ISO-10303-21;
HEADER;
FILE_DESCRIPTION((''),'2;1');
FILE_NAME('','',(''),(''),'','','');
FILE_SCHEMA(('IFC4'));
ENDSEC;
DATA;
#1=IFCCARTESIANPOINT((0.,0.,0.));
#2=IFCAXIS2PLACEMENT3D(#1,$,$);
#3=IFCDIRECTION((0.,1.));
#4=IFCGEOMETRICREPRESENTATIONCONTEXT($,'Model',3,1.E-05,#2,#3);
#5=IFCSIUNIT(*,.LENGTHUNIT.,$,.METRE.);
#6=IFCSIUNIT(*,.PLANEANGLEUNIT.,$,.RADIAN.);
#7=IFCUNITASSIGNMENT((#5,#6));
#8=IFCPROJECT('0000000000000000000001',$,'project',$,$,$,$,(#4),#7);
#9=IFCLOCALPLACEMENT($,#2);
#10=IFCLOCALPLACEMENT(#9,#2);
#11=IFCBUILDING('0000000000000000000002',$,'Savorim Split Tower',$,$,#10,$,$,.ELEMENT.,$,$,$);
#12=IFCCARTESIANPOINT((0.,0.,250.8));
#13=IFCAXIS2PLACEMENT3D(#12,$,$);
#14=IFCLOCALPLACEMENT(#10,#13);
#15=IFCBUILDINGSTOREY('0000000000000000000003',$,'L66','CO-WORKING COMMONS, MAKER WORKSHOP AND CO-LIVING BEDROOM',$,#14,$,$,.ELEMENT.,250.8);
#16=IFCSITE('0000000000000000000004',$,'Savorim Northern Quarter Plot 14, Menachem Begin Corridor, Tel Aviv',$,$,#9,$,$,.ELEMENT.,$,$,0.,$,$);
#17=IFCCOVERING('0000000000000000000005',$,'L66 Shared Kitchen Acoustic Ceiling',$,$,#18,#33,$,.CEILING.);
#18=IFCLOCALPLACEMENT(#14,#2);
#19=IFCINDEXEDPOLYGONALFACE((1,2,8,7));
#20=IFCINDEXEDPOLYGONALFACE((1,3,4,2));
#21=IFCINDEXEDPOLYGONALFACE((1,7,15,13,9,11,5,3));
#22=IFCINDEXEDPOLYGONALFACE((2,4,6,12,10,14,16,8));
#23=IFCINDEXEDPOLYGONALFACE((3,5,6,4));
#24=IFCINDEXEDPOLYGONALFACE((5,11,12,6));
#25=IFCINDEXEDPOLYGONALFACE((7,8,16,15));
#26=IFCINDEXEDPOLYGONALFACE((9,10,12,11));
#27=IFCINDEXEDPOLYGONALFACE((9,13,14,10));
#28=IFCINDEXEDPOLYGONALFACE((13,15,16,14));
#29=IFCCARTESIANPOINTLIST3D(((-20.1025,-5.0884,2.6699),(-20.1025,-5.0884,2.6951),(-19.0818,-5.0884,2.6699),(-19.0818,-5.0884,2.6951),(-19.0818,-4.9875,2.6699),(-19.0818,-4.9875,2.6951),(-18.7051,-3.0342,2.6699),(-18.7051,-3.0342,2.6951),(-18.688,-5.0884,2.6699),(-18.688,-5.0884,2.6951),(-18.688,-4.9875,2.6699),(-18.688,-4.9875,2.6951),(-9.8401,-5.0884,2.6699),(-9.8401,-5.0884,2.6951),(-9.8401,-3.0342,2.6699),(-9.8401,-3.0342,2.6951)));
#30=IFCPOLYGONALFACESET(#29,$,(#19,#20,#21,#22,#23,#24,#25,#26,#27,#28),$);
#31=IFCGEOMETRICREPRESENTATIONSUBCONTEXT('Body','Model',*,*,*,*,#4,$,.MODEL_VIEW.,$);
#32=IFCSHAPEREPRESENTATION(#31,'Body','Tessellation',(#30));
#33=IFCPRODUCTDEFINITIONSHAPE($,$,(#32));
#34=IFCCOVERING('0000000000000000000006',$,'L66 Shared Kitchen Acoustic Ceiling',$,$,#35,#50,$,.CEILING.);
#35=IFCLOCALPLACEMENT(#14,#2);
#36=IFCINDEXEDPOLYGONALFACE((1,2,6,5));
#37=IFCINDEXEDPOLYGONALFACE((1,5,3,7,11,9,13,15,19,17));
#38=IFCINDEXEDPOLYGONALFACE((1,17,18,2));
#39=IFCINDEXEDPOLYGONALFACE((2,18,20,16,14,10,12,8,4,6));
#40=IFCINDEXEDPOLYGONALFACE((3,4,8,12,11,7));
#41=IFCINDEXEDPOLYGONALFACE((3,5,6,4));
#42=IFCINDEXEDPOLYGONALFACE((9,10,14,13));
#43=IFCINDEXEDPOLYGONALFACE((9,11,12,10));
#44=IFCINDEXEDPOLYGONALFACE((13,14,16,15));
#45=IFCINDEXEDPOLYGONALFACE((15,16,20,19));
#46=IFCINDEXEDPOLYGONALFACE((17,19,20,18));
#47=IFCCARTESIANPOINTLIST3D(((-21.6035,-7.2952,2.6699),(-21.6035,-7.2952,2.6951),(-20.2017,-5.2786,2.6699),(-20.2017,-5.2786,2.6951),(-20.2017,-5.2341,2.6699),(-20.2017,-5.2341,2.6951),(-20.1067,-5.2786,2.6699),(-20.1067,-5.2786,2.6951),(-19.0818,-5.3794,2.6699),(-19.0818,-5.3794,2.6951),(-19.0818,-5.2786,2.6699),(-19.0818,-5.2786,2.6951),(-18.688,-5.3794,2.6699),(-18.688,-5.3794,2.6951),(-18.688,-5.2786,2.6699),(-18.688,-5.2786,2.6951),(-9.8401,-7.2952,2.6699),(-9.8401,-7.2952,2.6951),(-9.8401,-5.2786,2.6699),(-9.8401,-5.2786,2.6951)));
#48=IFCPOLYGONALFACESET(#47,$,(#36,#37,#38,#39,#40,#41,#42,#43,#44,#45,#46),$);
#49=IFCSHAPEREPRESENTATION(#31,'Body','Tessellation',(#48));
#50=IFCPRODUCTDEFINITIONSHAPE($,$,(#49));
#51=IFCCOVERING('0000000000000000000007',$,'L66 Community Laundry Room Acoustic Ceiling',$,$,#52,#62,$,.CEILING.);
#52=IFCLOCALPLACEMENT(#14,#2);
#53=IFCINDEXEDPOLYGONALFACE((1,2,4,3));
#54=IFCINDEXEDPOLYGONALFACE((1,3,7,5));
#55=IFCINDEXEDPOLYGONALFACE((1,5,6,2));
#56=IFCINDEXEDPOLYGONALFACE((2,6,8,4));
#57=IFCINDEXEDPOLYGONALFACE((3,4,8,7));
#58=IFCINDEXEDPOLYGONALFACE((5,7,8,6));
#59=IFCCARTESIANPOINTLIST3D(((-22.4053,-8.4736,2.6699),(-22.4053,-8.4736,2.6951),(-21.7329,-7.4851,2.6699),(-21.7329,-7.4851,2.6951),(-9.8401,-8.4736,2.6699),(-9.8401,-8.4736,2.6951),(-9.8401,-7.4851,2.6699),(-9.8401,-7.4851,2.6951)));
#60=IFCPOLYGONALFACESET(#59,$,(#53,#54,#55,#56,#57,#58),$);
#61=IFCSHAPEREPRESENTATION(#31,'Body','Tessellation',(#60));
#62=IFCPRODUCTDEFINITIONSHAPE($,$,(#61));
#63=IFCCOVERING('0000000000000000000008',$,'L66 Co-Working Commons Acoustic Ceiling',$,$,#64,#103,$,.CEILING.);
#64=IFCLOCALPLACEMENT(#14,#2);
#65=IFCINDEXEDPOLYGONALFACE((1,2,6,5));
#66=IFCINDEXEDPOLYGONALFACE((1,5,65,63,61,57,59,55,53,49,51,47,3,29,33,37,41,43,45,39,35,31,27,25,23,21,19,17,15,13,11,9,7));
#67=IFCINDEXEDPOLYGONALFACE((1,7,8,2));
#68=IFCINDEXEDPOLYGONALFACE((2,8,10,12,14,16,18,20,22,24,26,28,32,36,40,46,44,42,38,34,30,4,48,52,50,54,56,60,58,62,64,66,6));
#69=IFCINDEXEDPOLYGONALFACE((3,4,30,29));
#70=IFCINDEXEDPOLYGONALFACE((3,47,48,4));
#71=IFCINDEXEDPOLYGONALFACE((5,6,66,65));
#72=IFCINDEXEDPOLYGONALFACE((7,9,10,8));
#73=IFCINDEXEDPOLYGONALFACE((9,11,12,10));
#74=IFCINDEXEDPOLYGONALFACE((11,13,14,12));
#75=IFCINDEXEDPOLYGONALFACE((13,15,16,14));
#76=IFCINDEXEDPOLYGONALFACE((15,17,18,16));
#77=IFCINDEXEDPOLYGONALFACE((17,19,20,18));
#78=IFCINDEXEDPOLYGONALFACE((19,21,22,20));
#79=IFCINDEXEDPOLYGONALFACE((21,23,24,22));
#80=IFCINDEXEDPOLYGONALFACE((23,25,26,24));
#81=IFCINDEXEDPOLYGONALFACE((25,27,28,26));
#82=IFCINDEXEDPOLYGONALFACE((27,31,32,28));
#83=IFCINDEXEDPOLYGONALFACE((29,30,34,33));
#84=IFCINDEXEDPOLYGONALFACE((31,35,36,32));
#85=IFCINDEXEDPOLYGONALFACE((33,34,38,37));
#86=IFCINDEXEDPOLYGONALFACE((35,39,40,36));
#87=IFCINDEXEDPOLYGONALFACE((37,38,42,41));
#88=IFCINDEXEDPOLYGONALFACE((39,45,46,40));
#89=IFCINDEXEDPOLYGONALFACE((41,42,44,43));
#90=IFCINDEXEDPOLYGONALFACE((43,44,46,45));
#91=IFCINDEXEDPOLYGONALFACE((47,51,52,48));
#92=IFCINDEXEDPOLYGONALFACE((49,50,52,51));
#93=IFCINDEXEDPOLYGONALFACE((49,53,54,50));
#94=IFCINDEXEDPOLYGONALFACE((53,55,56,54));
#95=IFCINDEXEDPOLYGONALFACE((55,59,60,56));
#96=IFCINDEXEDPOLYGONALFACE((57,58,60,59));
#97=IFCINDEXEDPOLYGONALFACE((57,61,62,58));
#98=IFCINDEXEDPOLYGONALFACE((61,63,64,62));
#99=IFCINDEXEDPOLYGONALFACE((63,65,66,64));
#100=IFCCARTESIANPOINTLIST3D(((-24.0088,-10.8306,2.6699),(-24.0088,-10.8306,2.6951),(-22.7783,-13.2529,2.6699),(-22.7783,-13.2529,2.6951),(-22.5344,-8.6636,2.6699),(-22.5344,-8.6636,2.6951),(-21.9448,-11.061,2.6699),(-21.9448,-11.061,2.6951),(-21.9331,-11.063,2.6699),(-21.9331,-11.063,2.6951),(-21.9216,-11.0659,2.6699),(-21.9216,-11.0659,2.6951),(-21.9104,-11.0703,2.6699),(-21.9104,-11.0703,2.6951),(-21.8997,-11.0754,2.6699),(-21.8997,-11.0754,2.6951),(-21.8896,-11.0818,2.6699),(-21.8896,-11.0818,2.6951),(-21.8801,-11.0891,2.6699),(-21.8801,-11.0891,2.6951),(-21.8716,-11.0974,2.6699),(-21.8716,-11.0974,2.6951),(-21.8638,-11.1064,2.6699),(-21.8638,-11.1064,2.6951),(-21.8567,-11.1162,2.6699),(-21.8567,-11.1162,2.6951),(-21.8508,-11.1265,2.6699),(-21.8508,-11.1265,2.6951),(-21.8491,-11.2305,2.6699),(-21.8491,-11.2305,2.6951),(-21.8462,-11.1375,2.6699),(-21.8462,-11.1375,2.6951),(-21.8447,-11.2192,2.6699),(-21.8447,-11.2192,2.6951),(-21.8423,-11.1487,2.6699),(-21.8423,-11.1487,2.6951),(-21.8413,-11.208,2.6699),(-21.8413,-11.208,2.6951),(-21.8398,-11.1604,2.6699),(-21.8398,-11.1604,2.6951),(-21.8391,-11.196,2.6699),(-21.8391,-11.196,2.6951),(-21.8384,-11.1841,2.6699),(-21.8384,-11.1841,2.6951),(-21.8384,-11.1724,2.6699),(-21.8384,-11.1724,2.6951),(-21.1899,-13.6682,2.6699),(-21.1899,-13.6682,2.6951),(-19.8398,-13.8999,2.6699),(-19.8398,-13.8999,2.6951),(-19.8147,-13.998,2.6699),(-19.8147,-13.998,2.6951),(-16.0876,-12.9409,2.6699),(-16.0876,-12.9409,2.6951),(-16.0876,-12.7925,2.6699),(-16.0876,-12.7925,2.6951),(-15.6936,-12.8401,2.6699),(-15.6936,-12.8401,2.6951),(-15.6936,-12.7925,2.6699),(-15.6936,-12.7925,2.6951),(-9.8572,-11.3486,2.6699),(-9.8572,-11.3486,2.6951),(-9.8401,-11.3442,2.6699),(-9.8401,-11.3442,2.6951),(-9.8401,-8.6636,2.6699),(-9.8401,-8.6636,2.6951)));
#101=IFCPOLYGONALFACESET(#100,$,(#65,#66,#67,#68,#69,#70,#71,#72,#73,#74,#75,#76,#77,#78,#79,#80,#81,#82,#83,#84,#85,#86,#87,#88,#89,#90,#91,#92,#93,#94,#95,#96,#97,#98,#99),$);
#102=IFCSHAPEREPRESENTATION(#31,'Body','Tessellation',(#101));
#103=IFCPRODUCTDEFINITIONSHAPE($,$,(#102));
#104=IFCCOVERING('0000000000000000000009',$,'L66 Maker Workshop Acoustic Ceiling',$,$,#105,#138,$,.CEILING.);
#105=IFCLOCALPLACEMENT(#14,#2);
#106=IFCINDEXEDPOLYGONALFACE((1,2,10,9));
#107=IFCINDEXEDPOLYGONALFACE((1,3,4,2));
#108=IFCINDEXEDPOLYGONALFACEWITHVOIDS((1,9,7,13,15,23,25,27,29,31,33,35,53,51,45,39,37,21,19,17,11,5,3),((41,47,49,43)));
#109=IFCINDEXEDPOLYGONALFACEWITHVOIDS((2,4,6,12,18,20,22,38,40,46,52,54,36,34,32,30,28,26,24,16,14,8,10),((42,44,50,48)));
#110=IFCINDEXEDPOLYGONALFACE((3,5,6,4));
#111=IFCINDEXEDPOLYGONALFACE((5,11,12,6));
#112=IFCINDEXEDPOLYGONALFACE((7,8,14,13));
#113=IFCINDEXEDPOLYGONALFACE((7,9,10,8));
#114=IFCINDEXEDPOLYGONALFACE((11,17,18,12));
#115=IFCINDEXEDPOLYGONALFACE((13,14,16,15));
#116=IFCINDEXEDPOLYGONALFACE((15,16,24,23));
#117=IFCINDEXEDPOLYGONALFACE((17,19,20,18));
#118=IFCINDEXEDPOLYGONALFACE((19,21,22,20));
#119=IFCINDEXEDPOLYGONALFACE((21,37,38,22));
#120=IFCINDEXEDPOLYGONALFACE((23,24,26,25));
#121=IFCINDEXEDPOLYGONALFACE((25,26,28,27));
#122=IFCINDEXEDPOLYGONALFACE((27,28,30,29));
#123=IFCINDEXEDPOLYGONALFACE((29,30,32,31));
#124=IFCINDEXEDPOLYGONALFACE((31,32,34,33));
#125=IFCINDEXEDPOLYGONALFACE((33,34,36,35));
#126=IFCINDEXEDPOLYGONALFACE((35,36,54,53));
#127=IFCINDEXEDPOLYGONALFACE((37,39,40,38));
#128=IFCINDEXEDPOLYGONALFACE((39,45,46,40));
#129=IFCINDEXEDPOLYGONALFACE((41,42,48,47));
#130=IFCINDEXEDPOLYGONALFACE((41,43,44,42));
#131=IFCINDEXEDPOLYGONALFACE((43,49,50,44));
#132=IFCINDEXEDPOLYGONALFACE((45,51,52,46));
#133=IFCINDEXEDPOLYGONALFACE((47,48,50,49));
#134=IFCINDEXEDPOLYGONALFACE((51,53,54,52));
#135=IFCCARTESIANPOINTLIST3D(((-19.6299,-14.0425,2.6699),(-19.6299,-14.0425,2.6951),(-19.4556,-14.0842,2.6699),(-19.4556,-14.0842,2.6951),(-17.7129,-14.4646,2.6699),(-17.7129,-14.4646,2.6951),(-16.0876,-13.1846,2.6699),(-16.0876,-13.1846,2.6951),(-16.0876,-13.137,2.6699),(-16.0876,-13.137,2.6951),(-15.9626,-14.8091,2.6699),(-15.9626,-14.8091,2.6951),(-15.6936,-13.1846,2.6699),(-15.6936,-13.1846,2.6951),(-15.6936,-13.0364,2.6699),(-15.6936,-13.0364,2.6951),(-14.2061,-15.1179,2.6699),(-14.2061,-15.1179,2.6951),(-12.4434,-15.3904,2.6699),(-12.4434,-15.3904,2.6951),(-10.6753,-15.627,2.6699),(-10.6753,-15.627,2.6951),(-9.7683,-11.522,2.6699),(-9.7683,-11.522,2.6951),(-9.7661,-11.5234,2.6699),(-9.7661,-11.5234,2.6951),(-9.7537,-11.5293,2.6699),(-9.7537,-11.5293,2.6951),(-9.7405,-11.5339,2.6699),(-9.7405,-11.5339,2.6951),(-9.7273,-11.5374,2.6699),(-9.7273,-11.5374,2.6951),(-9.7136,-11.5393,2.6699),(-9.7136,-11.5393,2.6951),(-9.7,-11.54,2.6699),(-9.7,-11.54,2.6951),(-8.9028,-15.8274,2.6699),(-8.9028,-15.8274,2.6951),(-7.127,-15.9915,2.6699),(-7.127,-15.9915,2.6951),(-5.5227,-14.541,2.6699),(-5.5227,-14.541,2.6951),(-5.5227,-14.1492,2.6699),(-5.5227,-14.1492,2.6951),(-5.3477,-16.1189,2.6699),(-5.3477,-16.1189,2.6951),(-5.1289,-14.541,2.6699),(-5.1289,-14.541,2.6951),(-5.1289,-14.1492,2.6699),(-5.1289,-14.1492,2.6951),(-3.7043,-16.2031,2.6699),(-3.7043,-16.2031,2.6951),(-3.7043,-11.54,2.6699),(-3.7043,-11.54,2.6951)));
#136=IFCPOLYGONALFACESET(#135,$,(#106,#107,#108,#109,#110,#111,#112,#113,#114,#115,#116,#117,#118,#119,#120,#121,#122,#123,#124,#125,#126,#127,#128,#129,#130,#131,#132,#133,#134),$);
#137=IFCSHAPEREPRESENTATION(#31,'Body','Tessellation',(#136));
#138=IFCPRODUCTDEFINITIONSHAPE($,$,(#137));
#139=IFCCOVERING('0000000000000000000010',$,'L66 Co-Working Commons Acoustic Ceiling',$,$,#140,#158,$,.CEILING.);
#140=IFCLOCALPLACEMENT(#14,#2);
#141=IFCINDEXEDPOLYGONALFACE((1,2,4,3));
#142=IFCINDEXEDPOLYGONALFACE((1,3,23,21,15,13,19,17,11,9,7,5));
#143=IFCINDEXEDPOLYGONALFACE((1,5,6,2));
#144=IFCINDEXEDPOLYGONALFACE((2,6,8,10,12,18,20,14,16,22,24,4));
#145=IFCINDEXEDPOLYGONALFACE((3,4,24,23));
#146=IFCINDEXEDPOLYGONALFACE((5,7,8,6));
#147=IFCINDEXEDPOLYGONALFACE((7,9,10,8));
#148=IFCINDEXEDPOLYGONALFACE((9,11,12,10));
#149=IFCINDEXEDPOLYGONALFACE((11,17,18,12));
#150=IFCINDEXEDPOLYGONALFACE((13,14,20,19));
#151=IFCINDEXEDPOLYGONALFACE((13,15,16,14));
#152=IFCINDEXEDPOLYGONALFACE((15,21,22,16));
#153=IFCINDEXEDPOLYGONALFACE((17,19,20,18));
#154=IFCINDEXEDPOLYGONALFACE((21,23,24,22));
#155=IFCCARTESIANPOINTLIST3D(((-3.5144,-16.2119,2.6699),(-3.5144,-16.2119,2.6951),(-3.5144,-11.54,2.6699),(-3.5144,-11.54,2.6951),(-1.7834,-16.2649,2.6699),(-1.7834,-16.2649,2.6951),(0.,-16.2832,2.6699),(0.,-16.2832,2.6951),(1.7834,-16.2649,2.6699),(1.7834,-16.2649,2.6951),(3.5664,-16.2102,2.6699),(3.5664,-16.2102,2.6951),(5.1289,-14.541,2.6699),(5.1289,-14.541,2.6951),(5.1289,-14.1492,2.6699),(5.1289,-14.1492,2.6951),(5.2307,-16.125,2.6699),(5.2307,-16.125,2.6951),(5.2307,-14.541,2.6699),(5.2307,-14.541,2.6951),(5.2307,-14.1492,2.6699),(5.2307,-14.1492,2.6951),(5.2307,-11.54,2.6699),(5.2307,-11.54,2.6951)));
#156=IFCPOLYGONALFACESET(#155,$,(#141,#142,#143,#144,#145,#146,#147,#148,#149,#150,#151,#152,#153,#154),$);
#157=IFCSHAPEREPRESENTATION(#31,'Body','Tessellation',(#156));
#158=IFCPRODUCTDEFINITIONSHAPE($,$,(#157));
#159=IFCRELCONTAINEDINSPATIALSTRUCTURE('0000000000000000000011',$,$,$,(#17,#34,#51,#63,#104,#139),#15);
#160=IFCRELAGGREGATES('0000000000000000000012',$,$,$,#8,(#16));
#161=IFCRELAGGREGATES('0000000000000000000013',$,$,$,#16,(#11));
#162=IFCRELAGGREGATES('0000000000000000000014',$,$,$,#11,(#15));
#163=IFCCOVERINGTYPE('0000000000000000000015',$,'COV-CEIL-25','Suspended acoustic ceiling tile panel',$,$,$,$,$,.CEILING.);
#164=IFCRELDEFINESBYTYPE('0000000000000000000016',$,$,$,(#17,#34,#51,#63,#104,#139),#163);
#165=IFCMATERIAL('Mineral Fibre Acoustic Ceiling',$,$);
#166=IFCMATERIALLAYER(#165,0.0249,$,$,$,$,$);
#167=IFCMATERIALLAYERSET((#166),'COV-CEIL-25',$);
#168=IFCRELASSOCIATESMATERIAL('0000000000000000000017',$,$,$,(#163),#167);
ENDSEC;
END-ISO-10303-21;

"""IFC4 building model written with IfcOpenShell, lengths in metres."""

from ifc_helpers import new_model, si_unit, direction, frame, origin, place, context, subcontext, project, spatial, polyline, outline, extrude, material, layer, layer_set, type_object, element, save


model = new_model("IFC4")

# Units and contexts
model_context = context("Model", 3, precision=1e-05, world=origin(), true_north=direction((0.0, 1.0)))
body_context = subcontext(model_context, "Body", "Model", "MODEL_VIEW")
ifc_project = project(units=[si_unit("LENGTHUNIT", "METRE"), si_unit("PLANEANGLEUNIT", "RADIAN")], contexts=[model_context])

# Site, building, storey
site_placement = place(None, origin())
site = spatial("IfcSite", under=ifc_project, at=site_placement, Name="Savorim Northern Quarter Plot 14, Menachem Begin Corridor, Tel Aviv", CompositionType="ELEMENT", RefElevation=0.0)
building_placement = place(site_placement, origin())
building = spatial("IfcBuilding", under=site, at=building_placement, Name="Savorim Split Tower", CompositionType="ELEMENT")
storey_placement = place(building_placement, frame((0.0, 0.0, 250.8)))
storey = spatial("IfcBuildingStorey", under=building, at=storey_placement, Name="L66", Description="CO-WORKING COMMONS, MAKER WORKSHOP AND CO-LIVING BEDROOM", CompositionType="ELEMENT", Elevation=250.8)

# Coverings
ifc_material_1 = material(Name="Mineral Fibre Acoustic Ceiling")
ifc_layer_1 = layer(ifc_material_1, 0.0249)
ifc_layer_set_1 = layer_set([ifc_layer_1], Name="COV-CEIL-25")
covering_type_1 = type_object("IfcCoveringType", Name="COV-CEIL-25", Description="Suspended acoustic ceiling tile panel", PredefinedType="CEILING", material=ifc_layer_set_1)
covering_1_placement = place(storey_placement, frame((0.0, 0.0, 2.6699)))
element("IfcCovering", 1, at=covering_1_placement, inside=storey, type_object=covering_type_1, Name="L66 Shared Kitchen Acoustic Ceiling", PredefinedType="CEILING", context=body_context, shape_type="SweptSolid", body=[
    extrude(outline(polyline([(-18.688, -4.9875), (-18.688, -5.0884), (-9.8401, -5.0884), (-9.8401, -3.0342), (-18.7051, -3.0342), (-20.1025, -5.0884), (-19.0818, -5.0884), (-19.0818, -4.9875), (-18.688, -4.9875)])), origin(), (0.0, 0.0, 1.0), 0.0251),
])
covering_2_placement = place(storey_placement, frame((0.0, 0.0, 2.6699)))
element("IfcCovering", 2, at=covering_2_placement, inside=storey, type_object=covering_type_1, Name="L66 Shared Kitchen Acoustic Ceiling", PredefinedType="CEILING", context=body_context, shape_type="SweptSolid", body=[
    extrude(outline(polyline([(-20.1067, -5.2786), (-20.2017, -5.2786), (-20.2017, -5.2341), (-21.6035, -7.2952), (-9.8401, -7.2952), (-9.8401, -5.2786), (-18.688, -5.2786), (-18.688, -5.3794), (-19.0818, -5.3794), (-19.0818, -5.2786), (-20.1067, -5.2786)])), origin(), (0.0, 0.0, 1.0), 0.0251),
])
covering_3_placement = place(storey_placement, frame((0.0, 0.0, 2.6699)))
element("IfcCovering", 3, at=covering_3_placement, inside=storey, type_object=covering_type_1, Name="L66 Community Laundry Room Acoustic Ceiling", PredefinedType="CEILING", context=body_context, shape_type="SweptSolid", body=[
    extrude(outline(polyline([(-9.8401, -8.4736), (-9.8401, -7.4851), (-21.7329, -7.4851), (-22.4053, -8.4736), (-9.8401, -8.4736)])), origin(), (0.0, 0.0, 1.0), 0.0251),
])
covering_4_placement = place(storey_placement, frame((0.0, 0.0, 2.6699)))
element("IfcCovering", 4, at=covering_4_placement, inside=storey, type_object=covering_type_1, Name="L66 Co-Working Commons Acoustic Ceiling", PredefinedType="CEILING", context=body_context, shape_type="SweptSolid", body=[
    extrude(outline(polyline([(-21.8384, -11.1841), (-21.8391, -11.196), (-21.8413, -11.208), (-21.8447, -11.2192), (-21.8491, -11.2305), (-22.7783, -13.2529), (-21.1899, -13.6682), (-19.8147, -13.998), (-19.8398, -13.8999), (-16.0876, -12.9409), (-16.0876, -12.7925), (-15.6936, -12.7925), (-15.6936, -12.8401), (-9.8572, -11.3486), (-9.8401, -11.3442), (-9.8401, -8.6636), (-22.5344, -8.6636), (-24.0088, -10.8306), (-21.9448, -11.061), (-21.9331, -11.063), (-21.9216, -11.0659), (-21.9104, -11.0703), (-21.8997, -11.0754), (-21.8896, -11.0818), (-21.8801, -11.0891), (-21.8716, -11.0974), (-21.8638, -11.1064), (-21.8567, -11.1162), (-21.8508, -11.1265), (-21.8462, -11.1375), (-21.8423, -11.1487), (-21.8398, -11.1604), (-21.8384, -11.1724), (-21.8384, -11.1841)])), origin(), (0.0, 0.0, 1.0), 0.0251),
])
covering_5_placement = place(storey_placement, frame((0.0, 0.0, 2.6699)))
element("IfcCovering", 5, at=covering_5_placement, inside=storey, type_object=covering_type_1, Name="L66 Maker Workshop Acoustic Ceiling", PredefinedType="CEILING", context=body_context, shape_type="SweptSolid", body=[
    extrude(outline(polyline([(-8.9028, -15.8274), (-7.127, -15.9915), (-5.3477, -16.1189), (-3.7043, -16.2031), (-3.7043, -11.54), (-9.7, -11.54), (-9.7136, -11.5393), (-9.7273, -11.5374), (-9.7405, -11.5339), (-9.7537, -11.5293), (-9.7661, -11.5234), (-9.7683, -11.522), (-15.6936, -13.0364), (-15.6936, -13.1846), (-16.0876, -13.1846), (-16.0876, -13.137), (-19.6299, -14.0425), (-19.4556, -14.0842), (-17.7129, -14.4646), (-15.9626, -14.8091), (-14.2061, -15.1179), (-12.4434, -15.3904), (-10.6753, -15.627), (-8.9028, -15.8274)]), holes=[polyline([(-5.5227, -14.541), (-5.1289, -14.541), (-5.1289, -14.1492), (-5.5227, -14.1492), (-5.5227, -14.541)])]), origin(), (0.0, 0.0, 1.0), 0.0251),
])
covering_6_placement = place(storey_placement, frame((0.0, 0.0, 2.6699)))
element("IfcCovering", 6, at=covering_6_placement, inside=storey, type_object=covering_type_1, Name="L66 Co-Working Commons Acoustic Ceiling", PredefinedType="CEILING", context=body_context, shape_type="SweptSolid", body=[
    extrude(outline(polyline([(-1.7834, -16.2649), (0.0, -16.2832), (1.7834, -16.2649), (3.5664, -16.2102), (5.2307, -16.125), (5.2307, -14.541), (5.1289, -14.541), (5.1289, -14.1492), (5.2307, -14.1492), (5.2307, -11.54), (-3.5144, -11.54), (-3.5144, -16.2119), (-1.7834, -16.2649)])), origin(), (0.0, 0.0, 1.0), 0.0251),
])

save(model, "model.ifc")
